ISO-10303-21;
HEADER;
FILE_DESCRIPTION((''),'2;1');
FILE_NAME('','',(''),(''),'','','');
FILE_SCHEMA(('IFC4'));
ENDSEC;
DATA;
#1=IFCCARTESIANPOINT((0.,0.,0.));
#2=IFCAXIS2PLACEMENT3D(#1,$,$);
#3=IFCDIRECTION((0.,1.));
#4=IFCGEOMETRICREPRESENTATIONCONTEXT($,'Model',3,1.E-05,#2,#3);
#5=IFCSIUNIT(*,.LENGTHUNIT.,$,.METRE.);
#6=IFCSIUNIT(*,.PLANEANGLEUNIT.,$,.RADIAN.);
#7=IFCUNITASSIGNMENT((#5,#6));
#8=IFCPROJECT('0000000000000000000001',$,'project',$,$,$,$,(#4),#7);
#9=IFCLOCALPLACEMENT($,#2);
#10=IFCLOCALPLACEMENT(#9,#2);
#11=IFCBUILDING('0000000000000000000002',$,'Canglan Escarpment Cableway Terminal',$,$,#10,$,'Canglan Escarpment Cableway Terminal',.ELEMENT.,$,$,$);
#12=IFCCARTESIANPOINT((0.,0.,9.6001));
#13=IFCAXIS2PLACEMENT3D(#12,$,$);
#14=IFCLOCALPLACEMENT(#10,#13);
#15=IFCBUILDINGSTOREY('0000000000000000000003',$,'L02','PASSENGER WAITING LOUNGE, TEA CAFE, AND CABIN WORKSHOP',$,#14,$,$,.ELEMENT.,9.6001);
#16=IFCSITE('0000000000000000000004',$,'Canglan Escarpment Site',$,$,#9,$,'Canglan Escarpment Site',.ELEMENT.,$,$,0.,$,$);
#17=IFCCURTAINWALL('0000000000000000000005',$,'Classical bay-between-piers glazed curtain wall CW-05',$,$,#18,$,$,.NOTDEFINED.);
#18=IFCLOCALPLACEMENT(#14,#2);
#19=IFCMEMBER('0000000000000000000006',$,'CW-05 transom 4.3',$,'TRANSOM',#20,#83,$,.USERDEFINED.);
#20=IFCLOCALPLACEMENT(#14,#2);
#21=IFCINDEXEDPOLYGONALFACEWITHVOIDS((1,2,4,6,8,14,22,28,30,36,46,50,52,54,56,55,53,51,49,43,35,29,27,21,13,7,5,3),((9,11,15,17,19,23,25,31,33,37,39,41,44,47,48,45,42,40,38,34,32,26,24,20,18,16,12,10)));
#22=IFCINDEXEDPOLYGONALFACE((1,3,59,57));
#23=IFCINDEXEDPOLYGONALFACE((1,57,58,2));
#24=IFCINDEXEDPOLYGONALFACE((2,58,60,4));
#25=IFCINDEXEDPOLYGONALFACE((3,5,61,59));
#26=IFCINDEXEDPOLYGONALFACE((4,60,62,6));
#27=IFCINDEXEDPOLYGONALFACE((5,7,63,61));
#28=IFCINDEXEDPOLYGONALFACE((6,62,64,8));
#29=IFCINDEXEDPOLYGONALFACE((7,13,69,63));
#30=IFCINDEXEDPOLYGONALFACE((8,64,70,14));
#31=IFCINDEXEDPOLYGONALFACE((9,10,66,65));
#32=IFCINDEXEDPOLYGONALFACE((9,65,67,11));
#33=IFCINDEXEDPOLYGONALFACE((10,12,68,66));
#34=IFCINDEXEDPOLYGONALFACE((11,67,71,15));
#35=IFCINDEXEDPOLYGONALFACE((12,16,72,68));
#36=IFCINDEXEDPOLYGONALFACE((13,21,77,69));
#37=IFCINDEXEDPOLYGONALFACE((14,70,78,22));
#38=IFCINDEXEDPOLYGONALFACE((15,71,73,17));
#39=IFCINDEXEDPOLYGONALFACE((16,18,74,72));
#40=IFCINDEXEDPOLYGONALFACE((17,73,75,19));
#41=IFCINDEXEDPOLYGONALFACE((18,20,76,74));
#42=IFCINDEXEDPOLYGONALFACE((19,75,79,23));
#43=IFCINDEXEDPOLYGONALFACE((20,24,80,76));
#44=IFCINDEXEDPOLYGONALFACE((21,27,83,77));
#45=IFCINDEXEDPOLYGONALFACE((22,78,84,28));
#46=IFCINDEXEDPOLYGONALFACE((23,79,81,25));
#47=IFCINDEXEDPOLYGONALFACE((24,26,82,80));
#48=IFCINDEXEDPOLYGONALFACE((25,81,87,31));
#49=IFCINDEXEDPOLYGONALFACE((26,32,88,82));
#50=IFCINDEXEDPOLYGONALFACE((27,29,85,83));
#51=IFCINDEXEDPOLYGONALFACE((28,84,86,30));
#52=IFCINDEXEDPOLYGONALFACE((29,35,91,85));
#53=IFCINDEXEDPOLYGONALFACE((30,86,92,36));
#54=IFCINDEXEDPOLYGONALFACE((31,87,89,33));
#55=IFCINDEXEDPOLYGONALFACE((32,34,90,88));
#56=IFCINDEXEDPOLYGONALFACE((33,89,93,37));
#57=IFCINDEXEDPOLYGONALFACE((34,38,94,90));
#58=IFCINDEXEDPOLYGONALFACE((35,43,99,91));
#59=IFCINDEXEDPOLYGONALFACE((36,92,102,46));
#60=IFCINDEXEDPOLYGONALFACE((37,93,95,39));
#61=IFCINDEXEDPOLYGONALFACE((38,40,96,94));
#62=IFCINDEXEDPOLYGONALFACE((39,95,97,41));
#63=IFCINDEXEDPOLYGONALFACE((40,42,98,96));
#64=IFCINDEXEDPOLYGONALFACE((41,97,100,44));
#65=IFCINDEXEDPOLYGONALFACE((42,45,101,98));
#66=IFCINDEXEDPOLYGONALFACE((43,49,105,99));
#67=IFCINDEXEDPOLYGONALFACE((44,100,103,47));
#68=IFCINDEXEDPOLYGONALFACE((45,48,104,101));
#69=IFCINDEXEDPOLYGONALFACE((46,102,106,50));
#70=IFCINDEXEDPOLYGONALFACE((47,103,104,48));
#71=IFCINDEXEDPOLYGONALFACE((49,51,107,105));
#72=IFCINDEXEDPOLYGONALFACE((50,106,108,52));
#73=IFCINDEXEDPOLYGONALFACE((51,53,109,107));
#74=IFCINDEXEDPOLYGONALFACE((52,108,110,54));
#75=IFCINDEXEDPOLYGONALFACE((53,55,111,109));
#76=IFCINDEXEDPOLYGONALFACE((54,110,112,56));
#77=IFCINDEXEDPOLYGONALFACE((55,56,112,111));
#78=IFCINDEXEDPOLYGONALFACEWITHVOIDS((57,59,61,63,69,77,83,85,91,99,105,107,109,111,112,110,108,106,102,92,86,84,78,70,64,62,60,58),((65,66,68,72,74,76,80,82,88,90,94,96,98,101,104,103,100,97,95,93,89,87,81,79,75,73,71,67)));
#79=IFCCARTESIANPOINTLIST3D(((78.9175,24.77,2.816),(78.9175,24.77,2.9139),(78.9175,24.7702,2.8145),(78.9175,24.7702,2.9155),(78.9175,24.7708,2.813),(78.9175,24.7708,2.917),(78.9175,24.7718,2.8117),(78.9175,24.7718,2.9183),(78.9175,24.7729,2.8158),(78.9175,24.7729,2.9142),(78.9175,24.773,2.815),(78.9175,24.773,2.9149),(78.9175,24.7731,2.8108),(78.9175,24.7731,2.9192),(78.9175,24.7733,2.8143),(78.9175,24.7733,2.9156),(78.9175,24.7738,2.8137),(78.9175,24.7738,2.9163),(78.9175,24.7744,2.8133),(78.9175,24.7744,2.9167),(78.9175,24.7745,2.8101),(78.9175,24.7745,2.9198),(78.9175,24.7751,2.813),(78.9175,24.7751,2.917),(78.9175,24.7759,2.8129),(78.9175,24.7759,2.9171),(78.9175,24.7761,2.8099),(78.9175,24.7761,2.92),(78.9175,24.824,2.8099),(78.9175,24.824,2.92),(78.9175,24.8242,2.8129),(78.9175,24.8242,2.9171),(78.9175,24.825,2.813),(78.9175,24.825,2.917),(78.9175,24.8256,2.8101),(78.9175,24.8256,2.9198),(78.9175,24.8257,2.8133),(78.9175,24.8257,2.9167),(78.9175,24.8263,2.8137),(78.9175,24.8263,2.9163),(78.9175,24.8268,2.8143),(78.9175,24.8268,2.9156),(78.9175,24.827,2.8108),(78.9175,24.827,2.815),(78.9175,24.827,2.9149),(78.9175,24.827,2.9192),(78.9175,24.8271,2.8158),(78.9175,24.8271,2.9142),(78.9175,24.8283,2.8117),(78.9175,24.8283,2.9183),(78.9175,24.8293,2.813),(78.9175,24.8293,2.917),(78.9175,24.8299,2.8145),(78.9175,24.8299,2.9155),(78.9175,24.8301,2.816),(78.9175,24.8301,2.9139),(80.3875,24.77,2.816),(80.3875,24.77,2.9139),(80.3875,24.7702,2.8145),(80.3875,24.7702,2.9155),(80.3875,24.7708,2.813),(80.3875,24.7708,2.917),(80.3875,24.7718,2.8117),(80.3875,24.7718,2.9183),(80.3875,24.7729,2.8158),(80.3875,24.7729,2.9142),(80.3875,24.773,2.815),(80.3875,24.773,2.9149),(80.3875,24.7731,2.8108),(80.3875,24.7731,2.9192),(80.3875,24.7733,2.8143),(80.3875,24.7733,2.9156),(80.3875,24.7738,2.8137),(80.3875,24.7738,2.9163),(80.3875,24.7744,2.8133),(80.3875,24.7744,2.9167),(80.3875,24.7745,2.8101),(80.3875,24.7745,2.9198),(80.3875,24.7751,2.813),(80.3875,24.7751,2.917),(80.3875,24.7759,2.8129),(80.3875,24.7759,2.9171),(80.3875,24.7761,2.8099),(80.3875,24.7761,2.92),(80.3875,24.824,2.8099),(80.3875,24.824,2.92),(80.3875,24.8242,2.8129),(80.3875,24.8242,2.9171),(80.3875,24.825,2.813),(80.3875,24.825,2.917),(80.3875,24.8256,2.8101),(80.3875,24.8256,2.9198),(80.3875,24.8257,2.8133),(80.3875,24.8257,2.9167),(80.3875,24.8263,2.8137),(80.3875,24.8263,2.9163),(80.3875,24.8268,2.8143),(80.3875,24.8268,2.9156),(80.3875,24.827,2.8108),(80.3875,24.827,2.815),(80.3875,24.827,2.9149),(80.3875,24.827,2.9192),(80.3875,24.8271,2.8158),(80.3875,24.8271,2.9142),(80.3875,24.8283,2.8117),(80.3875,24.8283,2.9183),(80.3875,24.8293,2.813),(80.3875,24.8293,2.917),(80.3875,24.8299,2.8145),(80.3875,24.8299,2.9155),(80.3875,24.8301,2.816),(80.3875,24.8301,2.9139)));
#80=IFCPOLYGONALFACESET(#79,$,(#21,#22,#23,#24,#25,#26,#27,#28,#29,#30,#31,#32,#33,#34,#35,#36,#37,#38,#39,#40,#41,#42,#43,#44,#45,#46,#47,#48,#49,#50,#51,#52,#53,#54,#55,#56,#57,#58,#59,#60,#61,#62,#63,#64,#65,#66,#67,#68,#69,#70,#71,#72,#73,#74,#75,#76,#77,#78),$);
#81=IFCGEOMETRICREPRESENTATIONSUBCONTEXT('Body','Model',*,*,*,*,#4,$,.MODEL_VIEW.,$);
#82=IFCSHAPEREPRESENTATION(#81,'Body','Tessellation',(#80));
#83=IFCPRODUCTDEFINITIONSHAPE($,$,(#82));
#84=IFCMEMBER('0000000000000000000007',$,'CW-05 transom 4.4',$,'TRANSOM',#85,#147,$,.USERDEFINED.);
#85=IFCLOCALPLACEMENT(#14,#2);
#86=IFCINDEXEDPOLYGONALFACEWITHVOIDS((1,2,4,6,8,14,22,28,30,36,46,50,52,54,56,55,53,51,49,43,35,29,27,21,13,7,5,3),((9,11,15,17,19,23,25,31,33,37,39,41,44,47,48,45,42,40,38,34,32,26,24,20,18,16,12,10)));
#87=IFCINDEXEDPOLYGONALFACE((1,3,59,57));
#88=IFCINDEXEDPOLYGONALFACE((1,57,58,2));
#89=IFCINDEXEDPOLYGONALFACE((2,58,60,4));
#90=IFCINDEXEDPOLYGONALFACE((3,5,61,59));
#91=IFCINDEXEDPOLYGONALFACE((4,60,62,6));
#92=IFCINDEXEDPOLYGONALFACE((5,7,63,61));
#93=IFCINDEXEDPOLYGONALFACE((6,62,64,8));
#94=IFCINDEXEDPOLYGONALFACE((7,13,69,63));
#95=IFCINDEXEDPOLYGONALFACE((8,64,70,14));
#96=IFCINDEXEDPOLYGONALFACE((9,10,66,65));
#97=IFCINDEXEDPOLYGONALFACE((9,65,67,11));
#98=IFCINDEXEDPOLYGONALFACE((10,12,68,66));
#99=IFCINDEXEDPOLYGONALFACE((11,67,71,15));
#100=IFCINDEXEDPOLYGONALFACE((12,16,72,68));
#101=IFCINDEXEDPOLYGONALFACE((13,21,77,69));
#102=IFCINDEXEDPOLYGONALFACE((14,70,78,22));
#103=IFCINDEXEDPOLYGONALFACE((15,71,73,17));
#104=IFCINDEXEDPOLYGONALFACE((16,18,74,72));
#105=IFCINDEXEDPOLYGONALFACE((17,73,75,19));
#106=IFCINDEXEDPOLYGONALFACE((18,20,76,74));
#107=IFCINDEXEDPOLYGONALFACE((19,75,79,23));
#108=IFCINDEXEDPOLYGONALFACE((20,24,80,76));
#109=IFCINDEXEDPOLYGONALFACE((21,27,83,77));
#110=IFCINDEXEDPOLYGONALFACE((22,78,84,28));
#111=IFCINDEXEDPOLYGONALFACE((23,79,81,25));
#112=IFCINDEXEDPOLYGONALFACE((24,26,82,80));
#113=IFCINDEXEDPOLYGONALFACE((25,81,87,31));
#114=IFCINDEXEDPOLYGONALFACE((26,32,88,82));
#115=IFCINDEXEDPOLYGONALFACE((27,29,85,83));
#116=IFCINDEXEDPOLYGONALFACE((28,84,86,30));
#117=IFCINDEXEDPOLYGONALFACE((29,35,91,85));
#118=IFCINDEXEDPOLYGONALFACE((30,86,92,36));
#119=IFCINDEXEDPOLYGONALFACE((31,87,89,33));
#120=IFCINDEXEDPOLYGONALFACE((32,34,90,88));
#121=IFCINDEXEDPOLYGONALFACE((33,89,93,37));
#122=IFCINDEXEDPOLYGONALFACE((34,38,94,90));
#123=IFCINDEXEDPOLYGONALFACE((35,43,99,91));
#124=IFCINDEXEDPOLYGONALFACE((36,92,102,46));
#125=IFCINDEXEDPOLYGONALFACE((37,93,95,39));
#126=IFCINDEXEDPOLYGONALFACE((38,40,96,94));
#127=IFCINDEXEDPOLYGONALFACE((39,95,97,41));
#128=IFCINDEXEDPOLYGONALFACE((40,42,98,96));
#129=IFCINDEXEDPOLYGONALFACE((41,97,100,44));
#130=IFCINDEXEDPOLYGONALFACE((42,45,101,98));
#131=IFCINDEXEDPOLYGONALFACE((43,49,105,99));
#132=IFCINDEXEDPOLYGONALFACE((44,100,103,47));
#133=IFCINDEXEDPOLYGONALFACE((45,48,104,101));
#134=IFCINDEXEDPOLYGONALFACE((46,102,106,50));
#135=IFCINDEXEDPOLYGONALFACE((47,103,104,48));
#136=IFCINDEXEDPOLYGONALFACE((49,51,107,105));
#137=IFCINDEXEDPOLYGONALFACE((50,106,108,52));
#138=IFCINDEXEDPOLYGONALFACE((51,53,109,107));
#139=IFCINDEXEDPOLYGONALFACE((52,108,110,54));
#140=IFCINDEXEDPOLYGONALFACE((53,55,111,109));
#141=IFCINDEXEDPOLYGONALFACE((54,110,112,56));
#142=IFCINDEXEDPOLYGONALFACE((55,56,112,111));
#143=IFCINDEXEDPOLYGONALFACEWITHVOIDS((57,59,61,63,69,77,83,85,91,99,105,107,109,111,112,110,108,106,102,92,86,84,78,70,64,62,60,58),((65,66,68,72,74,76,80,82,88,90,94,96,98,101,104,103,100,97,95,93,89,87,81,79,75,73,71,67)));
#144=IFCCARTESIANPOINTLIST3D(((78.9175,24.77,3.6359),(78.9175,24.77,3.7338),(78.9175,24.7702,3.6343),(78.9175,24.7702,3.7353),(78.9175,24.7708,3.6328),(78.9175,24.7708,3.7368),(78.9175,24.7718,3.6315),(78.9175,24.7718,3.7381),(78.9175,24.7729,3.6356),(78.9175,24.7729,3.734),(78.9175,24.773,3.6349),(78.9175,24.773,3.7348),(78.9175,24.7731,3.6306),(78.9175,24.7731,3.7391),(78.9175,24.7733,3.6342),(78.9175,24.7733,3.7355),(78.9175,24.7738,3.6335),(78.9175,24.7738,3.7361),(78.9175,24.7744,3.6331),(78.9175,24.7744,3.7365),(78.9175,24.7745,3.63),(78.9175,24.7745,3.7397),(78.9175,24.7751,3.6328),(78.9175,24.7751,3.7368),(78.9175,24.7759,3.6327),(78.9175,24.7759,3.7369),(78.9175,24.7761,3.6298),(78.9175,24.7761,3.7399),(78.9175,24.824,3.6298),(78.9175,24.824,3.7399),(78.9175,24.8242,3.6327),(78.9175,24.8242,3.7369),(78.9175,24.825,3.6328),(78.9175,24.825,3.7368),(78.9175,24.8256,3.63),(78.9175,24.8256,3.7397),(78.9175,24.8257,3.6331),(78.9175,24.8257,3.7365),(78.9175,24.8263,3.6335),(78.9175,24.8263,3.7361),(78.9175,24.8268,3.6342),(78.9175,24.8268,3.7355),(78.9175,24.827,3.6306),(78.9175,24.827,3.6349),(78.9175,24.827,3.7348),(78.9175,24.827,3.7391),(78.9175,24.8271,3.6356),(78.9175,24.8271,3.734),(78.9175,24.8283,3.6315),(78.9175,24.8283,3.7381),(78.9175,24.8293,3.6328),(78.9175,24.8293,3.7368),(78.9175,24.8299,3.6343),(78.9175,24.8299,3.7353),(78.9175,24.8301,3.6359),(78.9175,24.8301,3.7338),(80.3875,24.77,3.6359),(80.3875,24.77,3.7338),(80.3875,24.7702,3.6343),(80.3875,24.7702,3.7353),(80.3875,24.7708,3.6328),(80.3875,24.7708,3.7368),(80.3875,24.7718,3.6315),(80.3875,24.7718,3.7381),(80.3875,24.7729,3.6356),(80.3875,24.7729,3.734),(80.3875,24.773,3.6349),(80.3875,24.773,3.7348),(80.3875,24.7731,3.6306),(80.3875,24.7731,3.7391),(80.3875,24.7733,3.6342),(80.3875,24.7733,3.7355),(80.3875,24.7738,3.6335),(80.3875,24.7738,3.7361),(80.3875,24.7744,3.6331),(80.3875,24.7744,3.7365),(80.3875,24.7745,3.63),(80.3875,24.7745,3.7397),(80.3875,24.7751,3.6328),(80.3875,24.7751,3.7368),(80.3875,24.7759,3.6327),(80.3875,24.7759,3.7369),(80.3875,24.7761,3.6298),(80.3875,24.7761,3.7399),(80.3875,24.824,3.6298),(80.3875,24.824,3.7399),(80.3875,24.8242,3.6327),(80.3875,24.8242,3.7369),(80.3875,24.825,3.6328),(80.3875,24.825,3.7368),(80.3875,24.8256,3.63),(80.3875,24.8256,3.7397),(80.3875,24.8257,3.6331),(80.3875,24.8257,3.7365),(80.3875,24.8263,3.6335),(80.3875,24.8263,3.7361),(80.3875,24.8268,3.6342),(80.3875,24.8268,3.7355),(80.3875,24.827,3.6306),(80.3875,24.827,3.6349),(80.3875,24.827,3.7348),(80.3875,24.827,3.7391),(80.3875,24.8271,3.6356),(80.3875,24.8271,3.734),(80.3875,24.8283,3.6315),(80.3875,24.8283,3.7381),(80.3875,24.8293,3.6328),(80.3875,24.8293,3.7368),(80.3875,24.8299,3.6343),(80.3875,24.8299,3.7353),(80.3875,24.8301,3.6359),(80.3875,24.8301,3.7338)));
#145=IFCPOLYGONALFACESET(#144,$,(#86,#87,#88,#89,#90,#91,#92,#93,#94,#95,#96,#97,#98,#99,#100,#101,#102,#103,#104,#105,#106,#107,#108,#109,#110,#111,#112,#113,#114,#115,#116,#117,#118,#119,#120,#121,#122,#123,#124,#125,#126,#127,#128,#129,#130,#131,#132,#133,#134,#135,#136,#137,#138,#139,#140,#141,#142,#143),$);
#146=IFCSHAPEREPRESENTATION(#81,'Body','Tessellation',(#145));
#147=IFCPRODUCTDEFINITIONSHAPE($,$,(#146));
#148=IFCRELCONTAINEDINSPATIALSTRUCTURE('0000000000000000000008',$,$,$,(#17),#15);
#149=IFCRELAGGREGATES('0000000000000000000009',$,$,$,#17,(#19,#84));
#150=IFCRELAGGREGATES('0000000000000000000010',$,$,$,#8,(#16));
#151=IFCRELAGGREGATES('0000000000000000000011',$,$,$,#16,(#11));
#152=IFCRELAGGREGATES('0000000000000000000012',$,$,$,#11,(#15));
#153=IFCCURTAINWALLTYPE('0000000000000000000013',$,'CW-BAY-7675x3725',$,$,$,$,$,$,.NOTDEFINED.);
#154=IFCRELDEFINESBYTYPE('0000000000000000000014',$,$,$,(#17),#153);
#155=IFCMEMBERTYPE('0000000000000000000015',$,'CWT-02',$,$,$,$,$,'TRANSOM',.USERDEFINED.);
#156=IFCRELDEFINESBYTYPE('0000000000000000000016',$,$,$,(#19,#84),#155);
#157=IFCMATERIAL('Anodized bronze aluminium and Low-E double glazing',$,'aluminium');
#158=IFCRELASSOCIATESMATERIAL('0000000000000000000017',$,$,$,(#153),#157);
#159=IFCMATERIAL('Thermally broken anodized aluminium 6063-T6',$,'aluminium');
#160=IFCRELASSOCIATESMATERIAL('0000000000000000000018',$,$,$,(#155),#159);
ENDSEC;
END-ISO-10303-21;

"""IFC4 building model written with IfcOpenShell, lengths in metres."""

from ifc_helpers import new_model, si_unit, direction, frame, origin, origin_2d, place, context, subcontext, project, spatial, hollow_rectangle, extrude, material, material_profile, profile_set, type_object, element, aggregate, save


model = new_model("IFC4")

# Units and contexts
model_context = context("Model", 3, precision=1e-05, world=origin(), true_north=direction((0.0, 1.0)))
body_context = subcontext(model_context, "Body", "Model", "MODEL_VIEW")
ifc_project = project(units=[si_unit("LENGTHUNIT", "METRE"), si_unit("PLANEANGLEUNIT", "RADIAN")], contexts=[model_context])

# Site, building, storey
site_placement = place(None, origin())
site = spatial("IfcSite", under=ifc_project, at=site_placement, Name="Canglan Escarpment Site", LongName="Canglan Escarpment Site", CompositionType="ELEMENT", RefElevation=0.0)
building_placement = place(site_placement, origin())
building = spatial("IfcBuilding", under=site, at=building_placement, Name="Canglan Escarpment Cableway Terminal", LongName="Canglan Escarpment Cableway Terminal", CompositionType="ELEMENT")
storey_placement = place(building_placement, frame((0.0, 0.0, 9.6001)))
storey = spatial("IfcBuildingStorey", under=building, at=storey_placement, Name="L02", Description="PASSENGER WAITING LOUNGE, TEA CAFE, AND CABIN WORKSHOP", CompositionType="ELEMENT", Elevation=9.6001)

# Curtain wall, members
ifc_material_1 = material(Name="Anodized bronze aluminium and Low-E double glazing", Category="aluminium")
curtain_wall_type = type_object("IfcCurtainWallType", Name="CW-BAY-7675x3725", PredefinedType="NOTDEFINED", material=ifc_material_1)
curtain_wall_placement = place(storey_placement, origin())
curtain_wall = element("IfcCurtainWall", 1, at=curtain_wall_placement, inside=storey, type_object=curtain_wall_type, Name="Classical bay-between-piers glazed curtain wall CW-05", PredefinedType="NOTDEFINED")
ifc_material_2 = material(Name="Thermally broken anodized aluminium 6063-T6", Category="aluminium")
ifc_material_profile_1 = material_profile(ifc_material_2, hollow_rectangle(XDim=0.0601, YDim=0.1101, WallThickness=0.0029, InnerFilletRadius=0.0029, OuterFilletRadius=0.0061, at=origin_2d()), Name="ALU-TRAN 60x110x3")
ifc_profile_set_1 = profile_set([ifc_material_profile_1], Name="Thermally broken anodized aluminium 6063-T6")
member_type_1 = type_object("IfcMemberType", Name="CWT-02", ElementType="TRANSOM", PredefinedType="USERDEFINED", material=ifc_profile_set_1)
member_1_placement = place(storey_placement, frame((80.3875, 24.8, 2.865), z_axis=(-1.0, 0.0, 0.0), x_axis=(0.0, -1.0, 0.0)))
member_1 = element("IfcMember", 2, at=member_1_placement, type_object=member_type_1, Name="CW-05 transom 4.3", ObjectType="TRANSOM", PredefinedType="USERDEFINED", context=body_context, shape_type="SweptSolid", body=[
    extrude(hollow_rectangle(XDim=0.0601, YDim=0.1101, WallThickness=0.0029, InnerFilletRadius=0.0029, OuterFilletRadius=0.0061, at=origin_2d()), origin(), (0.0, 0.0, 1.0), 1.47),
])
member_2_placement = place(storey_placement, frame((80.3875, 24.8, 3.6848), z_axis=(-1.0, 0.0, 0.0), x_axis=(0.0, -1.0, 0.0)))
member_2 = element("IfcMember", 3, at=member_2_placement, type_object=member_type_1, Name="CW-05 transom 4.4", ObjectType="TRANSOM", PredefinedType="USERDEFINED", context=body_context, shape_type="SweptSolid", body=[
    extrude(hollow_rectangle(XDim=0.0601, YDim=0.1101, WallThickness=0.0029, InnerFilletRadius=0.0029, OuterFilletRadius=0.0061, at=origin_2d()), origin(), (0.0, 0.0, 1.0), 1.47),
])

aggregate(curtain_wall, [member_1, member_2])

save(model, "model.ifc")
